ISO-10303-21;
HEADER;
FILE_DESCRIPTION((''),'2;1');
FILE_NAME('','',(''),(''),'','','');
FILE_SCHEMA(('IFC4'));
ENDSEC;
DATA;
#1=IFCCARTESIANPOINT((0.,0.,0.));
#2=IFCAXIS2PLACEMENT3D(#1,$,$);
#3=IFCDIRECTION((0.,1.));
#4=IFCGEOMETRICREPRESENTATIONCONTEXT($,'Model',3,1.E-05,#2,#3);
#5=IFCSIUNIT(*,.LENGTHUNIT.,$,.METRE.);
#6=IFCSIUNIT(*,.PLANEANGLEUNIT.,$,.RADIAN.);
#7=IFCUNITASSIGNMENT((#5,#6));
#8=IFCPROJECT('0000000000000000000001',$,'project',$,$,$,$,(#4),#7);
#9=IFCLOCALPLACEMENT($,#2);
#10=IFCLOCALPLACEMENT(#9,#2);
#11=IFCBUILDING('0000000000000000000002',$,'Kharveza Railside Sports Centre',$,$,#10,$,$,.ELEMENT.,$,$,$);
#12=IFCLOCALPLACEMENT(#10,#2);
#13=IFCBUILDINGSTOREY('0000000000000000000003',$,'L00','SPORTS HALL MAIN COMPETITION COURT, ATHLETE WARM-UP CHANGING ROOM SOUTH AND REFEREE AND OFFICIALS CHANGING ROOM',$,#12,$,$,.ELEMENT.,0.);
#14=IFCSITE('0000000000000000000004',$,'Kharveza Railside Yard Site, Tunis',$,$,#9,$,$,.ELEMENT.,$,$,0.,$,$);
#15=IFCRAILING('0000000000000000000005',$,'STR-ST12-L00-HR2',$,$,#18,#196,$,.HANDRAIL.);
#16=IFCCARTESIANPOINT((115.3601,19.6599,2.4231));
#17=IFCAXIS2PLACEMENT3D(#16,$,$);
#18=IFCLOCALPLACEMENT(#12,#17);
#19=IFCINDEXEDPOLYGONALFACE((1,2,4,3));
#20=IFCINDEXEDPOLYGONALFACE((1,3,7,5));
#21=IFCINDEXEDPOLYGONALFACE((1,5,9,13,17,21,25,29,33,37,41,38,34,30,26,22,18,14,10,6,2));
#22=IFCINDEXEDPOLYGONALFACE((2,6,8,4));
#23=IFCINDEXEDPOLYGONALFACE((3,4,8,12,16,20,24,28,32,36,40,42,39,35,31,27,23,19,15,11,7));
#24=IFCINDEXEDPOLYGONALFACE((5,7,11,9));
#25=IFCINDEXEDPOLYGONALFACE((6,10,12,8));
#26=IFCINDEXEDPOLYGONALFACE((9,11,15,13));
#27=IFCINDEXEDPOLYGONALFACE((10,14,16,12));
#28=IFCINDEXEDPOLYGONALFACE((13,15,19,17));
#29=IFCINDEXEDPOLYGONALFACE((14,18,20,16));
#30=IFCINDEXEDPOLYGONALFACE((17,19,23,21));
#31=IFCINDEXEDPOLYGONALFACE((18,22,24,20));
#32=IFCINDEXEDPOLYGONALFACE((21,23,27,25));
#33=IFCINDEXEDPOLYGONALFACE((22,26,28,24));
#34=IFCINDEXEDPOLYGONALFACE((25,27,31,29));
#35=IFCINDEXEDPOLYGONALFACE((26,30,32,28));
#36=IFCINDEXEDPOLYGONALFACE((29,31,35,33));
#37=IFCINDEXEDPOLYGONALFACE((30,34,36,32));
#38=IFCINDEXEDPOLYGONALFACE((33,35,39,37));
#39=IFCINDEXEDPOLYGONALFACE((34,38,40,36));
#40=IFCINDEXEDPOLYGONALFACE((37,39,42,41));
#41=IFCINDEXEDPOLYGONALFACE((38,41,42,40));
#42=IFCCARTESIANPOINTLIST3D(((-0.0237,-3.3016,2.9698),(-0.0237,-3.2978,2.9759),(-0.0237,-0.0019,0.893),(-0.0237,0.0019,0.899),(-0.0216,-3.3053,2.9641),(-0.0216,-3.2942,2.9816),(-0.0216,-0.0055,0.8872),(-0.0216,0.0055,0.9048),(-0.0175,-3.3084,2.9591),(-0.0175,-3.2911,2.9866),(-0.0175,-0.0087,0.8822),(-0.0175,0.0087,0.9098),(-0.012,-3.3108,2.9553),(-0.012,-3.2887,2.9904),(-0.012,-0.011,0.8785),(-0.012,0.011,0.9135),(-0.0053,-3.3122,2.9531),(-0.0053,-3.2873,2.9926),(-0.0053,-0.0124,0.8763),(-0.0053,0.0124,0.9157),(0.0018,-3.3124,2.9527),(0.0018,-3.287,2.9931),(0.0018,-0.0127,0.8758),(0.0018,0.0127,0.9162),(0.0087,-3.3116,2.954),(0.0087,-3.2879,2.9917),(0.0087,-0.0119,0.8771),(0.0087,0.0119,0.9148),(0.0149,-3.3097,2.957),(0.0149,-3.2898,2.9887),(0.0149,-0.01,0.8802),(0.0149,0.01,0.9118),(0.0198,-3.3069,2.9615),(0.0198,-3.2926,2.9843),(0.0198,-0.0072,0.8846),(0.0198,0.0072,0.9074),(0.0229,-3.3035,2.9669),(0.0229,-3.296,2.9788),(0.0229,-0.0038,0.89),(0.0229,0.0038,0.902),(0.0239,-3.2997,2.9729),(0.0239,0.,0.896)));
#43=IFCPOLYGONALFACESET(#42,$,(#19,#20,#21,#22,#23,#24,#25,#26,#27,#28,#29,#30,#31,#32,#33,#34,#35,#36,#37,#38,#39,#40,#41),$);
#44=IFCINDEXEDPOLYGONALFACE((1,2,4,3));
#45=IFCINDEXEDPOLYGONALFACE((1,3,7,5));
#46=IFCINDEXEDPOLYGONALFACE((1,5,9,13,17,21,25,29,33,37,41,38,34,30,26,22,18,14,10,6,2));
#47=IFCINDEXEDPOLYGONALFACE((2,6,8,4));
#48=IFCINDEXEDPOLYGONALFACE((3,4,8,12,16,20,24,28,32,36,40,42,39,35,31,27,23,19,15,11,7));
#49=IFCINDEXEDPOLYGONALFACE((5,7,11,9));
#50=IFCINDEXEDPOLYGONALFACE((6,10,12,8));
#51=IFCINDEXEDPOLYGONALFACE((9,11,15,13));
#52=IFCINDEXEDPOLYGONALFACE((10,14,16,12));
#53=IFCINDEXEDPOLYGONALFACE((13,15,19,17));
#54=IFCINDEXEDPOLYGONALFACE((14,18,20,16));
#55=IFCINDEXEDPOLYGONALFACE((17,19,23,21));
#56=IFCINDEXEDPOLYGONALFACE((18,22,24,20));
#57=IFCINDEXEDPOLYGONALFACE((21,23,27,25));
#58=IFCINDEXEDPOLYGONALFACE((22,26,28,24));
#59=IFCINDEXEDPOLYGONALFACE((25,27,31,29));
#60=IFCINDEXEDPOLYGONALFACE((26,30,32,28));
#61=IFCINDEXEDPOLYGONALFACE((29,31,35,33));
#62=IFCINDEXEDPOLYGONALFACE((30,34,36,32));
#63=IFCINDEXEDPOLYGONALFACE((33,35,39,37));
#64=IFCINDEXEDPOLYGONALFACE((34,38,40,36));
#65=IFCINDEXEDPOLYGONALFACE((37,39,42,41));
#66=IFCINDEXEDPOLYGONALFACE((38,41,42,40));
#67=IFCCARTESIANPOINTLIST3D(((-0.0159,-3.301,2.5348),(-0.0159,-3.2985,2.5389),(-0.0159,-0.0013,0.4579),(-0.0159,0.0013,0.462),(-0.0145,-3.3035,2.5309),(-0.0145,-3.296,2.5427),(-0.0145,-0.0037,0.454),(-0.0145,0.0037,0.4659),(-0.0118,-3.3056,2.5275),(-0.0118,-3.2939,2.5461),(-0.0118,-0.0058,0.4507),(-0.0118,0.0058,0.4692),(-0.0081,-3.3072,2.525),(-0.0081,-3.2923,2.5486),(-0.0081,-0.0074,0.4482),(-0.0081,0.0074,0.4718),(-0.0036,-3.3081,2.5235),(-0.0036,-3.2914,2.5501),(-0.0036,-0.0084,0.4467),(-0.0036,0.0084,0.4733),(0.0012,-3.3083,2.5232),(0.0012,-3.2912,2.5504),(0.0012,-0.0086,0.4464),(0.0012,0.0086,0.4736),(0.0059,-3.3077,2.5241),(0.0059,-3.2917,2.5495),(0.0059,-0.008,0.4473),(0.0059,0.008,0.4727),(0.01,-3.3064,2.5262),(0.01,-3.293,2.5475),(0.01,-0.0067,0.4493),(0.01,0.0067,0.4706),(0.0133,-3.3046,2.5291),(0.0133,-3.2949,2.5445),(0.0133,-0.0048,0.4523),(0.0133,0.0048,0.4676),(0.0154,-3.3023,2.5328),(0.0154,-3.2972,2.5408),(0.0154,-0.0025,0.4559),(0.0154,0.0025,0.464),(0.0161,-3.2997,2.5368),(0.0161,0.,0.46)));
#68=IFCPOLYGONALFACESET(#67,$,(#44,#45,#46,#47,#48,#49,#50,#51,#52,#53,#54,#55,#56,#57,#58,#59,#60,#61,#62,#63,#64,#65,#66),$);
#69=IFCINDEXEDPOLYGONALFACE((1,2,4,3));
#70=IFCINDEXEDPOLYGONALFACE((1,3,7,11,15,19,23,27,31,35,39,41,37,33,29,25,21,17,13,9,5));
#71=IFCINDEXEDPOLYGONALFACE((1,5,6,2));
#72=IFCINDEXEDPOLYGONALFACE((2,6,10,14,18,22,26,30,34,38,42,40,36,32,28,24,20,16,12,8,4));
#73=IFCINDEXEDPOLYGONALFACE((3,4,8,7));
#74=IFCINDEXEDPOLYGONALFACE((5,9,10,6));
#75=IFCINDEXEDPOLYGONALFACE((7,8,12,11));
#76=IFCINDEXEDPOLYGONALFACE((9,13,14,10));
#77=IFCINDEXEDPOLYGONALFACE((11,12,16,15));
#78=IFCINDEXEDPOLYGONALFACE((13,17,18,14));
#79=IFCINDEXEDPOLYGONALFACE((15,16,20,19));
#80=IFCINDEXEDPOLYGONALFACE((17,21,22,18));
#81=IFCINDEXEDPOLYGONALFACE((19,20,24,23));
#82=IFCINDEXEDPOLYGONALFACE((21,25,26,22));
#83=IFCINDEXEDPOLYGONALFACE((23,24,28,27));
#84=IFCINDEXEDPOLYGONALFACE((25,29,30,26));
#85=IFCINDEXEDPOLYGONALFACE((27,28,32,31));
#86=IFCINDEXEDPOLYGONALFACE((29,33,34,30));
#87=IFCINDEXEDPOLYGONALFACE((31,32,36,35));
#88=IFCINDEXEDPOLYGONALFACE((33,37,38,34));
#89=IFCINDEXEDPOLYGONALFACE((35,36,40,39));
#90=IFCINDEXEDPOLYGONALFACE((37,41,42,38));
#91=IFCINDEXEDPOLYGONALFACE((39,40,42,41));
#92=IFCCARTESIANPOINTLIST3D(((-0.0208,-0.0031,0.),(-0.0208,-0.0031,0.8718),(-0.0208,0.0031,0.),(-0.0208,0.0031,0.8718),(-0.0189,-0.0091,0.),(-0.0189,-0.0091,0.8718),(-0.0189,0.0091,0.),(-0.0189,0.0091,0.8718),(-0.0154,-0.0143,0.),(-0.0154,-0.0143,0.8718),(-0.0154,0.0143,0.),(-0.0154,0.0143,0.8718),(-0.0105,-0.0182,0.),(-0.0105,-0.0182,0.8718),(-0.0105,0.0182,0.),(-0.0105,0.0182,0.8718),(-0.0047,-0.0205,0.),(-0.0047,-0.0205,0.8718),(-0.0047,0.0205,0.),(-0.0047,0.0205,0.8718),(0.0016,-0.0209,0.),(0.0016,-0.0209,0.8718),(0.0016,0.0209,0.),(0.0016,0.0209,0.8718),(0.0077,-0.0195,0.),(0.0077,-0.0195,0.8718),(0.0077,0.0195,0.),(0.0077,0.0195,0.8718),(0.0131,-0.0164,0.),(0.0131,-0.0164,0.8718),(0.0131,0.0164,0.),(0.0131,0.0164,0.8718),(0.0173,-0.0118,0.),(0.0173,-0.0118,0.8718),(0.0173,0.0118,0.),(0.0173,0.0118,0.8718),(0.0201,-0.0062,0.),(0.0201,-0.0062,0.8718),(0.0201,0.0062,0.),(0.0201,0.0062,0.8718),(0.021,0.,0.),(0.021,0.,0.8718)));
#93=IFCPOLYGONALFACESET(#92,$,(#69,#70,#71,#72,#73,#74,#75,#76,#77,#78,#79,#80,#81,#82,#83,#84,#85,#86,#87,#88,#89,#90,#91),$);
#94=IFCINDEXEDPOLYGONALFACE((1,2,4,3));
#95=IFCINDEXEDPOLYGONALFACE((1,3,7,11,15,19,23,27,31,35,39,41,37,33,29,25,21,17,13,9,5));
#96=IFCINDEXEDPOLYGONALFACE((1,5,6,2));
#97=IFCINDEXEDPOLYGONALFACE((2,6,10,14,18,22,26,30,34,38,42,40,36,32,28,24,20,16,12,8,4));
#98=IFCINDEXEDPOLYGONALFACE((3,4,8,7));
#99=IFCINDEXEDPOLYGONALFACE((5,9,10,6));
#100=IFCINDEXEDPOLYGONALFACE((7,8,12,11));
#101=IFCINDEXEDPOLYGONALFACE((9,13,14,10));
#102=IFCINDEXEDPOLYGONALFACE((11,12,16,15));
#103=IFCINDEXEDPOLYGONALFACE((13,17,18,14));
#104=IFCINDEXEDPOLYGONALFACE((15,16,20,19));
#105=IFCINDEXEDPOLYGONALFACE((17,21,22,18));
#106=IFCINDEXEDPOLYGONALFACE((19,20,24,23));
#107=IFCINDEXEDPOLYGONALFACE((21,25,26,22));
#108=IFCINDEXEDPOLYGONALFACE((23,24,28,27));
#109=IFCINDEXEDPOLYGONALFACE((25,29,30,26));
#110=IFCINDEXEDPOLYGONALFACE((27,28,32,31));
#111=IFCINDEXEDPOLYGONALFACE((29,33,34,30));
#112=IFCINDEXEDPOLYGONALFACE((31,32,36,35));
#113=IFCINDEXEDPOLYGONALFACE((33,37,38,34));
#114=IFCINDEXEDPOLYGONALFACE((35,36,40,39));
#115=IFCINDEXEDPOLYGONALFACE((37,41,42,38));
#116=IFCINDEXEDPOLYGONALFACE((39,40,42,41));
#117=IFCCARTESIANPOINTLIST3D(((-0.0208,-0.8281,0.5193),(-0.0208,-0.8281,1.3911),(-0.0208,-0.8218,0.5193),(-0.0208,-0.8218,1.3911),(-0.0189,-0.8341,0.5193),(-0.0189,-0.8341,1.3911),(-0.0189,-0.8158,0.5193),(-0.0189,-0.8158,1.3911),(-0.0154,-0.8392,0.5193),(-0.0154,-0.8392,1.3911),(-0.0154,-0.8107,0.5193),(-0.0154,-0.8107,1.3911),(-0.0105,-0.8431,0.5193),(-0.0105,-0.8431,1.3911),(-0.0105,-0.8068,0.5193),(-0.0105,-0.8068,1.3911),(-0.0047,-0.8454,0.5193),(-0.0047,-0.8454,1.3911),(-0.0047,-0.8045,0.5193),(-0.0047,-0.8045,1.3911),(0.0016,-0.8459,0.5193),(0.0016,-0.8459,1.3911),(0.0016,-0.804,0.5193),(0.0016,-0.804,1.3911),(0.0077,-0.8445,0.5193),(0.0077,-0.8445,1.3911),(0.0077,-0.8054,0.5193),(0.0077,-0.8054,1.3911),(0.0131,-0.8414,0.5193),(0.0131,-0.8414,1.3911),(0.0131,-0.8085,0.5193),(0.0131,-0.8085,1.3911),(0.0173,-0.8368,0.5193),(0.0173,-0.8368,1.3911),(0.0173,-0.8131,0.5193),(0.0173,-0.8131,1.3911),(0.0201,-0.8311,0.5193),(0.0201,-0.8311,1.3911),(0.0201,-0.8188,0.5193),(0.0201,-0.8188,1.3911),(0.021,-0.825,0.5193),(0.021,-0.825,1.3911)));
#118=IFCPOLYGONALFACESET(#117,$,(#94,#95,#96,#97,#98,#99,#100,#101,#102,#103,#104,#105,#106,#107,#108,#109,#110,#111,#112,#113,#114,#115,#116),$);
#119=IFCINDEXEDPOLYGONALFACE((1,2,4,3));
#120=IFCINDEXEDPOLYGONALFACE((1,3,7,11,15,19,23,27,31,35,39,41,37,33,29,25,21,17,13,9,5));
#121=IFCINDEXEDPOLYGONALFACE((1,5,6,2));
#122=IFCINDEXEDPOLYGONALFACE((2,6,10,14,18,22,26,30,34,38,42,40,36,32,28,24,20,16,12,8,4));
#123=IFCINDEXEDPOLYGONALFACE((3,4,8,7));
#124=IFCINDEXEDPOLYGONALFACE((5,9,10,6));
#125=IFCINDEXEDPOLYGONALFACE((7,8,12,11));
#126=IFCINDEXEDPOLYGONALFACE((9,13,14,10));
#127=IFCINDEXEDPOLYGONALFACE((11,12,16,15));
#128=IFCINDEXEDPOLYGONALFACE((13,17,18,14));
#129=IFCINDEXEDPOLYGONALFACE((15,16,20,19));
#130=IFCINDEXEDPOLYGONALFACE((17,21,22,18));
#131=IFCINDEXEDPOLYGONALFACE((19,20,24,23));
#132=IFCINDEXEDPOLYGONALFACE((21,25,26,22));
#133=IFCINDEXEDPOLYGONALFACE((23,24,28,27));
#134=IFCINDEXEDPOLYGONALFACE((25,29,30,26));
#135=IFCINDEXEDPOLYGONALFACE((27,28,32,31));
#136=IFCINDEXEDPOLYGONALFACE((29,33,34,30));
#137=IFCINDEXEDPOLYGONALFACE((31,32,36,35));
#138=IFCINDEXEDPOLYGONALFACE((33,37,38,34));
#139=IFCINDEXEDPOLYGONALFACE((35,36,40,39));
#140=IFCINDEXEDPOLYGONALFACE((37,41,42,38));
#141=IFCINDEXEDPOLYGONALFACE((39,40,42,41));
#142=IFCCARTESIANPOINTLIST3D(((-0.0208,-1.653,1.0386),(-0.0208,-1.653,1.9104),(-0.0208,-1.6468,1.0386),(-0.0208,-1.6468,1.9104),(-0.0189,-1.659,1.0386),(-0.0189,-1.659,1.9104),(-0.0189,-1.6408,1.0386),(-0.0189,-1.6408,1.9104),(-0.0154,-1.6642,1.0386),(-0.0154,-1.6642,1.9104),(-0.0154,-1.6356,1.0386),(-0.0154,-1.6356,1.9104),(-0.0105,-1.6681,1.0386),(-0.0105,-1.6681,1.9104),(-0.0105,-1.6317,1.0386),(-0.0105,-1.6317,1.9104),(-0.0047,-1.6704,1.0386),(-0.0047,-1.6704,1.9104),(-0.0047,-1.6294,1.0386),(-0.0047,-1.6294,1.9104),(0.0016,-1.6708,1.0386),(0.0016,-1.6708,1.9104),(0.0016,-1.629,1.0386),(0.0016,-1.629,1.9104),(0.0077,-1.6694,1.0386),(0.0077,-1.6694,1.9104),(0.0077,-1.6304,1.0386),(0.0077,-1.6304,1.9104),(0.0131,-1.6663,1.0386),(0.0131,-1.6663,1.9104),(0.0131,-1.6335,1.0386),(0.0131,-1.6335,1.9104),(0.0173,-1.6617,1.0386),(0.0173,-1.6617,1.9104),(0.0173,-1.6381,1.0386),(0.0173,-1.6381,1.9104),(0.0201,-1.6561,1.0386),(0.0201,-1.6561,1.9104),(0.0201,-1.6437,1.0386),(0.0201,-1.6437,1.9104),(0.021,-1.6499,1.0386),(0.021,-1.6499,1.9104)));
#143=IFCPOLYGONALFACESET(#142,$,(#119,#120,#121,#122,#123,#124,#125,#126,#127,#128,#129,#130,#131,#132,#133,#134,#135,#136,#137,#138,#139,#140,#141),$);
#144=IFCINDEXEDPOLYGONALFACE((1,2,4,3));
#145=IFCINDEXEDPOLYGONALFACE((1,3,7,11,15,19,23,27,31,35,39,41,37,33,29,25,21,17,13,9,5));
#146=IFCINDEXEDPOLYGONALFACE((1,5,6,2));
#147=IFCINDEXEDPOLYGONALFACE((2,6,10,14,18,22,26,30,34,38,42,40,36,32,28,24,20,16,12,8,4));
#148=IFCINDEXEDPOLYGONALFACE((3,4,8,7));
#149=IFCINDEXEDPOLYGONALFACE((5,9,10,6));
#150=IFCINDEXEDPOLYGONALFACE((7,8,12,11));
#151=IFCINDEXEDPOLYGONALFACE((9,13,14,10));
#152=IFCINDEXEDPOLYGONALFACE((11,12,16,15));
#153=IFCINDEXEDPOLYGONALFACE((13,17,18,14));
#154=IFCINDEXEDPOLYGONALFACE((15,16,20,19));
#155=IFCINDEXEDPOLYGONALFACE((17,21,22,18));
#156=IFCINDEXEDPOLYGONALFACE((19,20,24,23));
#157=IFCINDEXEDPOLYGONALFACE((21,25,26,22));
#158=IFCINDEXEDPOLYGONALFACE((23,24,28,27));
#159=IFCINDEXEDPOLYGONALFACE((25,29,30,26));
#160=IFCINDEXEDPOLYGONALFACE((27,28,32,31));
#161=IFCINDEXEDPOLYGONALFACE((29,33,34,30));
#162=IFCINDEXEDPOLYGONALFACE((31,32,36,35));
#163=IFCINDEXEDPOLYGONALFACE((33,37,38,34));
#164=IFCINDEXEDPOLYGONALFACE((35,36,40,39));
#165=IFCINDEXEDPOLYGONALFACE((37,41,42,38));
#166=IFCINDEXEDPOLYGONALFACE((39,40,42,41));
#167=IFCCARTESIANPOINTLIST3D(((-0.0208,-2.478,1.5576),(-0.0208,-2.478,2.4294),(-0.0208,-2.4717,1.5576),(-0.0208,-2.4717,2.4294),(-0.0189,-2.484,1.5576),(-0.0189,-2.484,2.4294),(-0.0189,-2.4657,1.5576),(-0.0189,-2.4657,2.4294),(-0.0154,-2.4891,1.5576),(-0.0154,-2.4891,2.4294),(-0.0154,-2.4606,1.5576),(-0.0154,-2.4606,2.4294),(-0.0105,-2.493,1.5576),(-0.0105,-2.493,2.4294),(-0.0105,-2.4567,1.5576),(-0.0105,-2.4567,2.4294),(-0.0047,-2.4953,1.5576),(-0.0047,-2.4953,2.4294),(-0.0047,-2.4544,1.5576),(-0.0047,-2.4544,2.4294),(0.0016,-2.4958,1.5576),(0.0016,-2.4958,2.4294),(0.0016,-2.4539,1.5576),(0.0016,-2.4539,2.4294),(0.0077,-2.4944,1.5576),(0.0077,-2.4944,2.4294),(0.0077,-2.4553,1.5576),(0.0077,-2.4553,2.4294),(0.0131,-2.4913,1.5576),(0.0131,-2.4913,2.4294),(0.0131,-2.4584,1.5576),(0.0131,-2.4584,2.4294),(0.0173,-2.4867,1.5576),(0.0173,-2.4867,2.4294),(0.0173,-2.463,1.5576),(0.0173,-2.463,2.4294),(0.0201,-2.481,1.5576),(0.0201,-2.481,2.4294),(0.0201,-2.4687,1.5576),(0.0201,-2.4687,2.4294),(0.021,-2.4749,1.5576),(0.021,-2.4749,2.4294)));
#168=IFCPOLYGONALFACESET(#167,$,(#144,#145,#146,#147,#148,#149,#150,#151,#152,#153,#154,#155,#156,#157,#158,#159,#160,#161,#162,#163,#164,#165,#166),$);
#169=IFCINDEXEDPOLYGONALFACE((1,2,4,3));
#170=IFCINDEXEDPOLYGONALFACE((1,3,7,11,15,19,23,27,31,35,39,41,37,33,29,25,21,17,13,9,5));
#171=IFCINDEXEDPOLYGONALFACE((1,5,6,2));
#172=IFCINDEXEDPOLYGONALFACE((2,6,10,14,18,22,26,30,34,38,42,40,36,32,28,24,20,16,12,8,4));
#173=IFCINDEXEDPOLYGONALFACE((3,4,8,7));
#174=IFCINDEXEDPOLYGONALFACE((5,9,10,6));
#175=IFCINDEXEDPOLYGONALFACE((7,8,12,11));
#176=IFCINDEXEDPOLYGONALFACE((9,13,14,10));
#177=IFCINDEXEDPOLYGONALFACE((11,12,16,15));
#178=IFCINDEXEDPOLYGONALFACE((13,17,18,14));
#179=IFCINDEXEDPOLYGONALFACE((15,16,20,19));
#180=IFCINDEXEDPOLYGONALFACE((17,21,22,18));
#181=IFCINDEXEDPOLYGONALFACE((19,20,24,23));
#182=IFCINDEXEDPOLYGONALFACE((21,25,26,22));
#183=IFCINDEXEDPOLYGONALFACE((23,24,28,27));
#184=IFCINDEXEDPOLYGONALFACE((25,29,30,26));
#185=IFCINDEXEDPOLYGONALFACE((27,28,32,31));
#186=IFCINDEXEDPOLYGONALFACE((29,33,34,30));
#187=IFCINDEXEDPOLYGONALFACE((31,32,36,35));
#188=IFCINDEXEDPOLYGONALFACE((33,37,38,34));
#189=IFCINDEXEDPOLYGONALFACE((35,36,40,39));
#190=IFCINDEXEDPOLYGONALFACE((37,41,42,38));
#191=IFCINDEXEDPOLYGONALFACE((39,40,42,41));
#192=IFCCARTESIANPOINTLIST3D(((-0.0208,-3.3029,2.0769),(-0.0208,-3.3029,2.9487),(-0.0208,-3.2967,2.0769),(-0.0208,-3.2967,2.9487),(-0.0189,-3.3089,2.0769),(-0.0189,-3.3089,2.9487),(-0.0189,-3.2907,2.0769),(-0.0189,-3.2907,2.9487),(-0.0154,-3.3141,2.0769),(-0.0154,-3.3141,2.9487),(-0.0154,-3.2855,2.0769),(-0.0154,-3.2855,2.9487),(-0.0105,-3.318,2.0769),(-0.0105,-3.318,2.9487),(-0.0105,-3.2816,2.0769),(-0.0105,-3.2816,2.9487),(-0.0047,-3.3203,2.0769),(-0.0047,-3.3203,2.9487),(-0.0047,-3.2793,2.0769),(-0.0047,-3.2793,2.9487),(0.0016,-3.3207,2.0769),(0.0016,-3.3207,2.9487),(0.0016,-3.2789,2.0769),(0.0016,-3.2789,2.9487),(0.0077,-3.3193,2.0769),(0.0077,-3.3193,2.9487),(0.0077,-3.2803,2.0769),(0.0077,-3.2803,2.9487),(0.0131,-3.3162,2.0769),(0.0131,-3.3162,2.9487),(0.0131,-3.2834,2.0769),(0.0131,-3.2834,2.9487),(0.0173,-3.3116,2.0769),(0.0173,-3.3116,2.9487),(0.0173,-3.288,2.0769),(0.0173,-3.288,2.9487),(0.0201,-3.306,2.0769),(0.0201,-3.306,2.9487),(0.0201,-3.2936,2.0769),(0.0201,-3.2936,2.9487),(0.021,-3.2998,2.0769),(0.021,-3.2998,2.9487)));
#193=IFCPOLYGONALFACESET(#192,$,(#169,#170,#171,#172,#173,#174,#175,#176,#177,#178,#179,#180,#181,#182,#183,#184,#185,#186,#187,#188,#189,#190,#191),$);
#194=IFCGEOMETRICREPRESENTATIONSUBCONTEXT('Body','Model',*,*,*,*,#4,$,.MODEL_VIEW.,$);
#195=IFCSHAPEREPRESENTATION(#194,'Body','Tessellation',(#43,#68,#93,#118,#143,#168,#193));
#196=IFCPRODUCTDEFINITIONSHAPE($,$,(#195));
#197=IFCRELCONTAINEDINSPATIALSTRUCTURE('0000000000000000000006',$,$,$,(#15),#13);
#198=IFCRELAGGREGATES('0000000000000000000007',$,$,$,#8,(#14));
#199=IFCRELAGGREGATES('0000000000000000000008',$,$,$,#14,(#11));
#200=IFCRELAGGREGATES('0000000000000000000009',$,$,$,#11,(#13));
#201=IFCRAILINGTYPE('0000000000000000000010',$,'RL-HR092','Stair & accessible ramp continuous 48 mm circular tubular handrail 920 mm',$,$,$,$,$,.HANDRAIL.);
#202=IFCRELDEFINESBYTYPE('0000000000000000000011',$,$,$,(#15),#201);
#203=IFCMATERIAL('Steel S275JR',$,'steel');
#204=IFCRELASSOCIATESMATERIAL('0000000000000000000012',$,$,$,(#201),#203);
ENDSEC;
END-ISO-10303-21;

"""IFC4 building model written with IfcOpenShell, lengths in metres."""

from ifc_helpers import new_model, si_unit, direction, frame, origin, origin_2d, place, context, subcontext, project, spatial, circle, extrude, material, type_object, element, save


model = new_model("IFC4")

# Units and contexts
model_context = context("Model", 3, precision=1e-05, world=origin(), true_north=direction((0.0, 1.0)))
body_context = subcontext(model_context, "Body", "Model", "MODEL_VIEW")
ifc_project = project(units=[si_unit("LENGTHUNIT", "METRE"), si_unit("PLANEANGLEUNIT", "RADIAN")], contexts=[model_context])

# Site, building, storey
site_placement = place(None, origin())
site = spatial("IfcSite", under=ifc_project, at=site_placement, Name="Kharveza Railside Yard Site, Tunis", CompositionType="ELEMENT", RefElevation=0.0)
building_placement = place(site_placement, origin())
building = spatial("IfcBuilding", under=site, at=building_placement, Name="Kharveza Railside Sports Centre", CompositionType="ELEMENT")
storey_placement = place(building_placement, origin())
storey = spatial("IfcBuildingStorey", under=building, at=storey_placement, Name="L00", Description="SPORTS HALL MAIN COMPETITION COURT, ATHLETE WARM-UP CHANGING ROOM SOUTH AND REFEREE AND OFFICIALS CHANGING ROOM", CompositionType="ELEMENT", Elevation=0.0)

# Railing
ifc_material_1 = material(Name="Steel S275JR", Category="steel")
railing_type_1 = type_object("IfcRailingType", Name="RL-HR092", Description="Stair & accessible ramp continuous 48 mm circular tubular handrail 920 mm", PredefinedType="HANDRAIL", material=ifc_material_1)
railing_1_placement = place(storey_placement, frame((115.3601, 19.6599, 2.4231)))
element("IfcRailing", 1, at=railing_1_placement, inside=storey, type_object=railing_type_1, Name="STR-ST12-L00-HR2", PredefinedType="HANDRAIL", context=body_context, shape_type="SweptSolid", body=[
    extrude(circle(Radius=0.0239, at=origin_2d()), frame((0.0, 0.0, 0.896), z_axis=(0.0, -0.84632, 0.532675), x_axis=(1.0, 0.0, 0.0)), (0.0, 0.0, 1.0), 3.8989),
    extrude(circle(Radius=0.0161, at=origin_2d()), frame((0.0, 0.0, 0.46), z_axis=(0.0, -0.84632, 0.532675), x_axis=(1.0, 0.0, 0.0)), (0.0, 0.0, 1.0), 3.8989),
    extrude(circle(Radius=0.021, at=origin_2d()), origin(), (0.0, 0.0, 1.0), 0.8718),
    extrude(circle(Radius=0.021, at=origin_2d()), frame((0.0, -0.825, 0.5193)), (0.0, 0.0, 1.0), 0.8718),
    extrude(circle(Radius=0.021, at=origin_2d()), frame((0.0, -1.6499, 1.0386)), (0.0, 0.0, 1.0), 0.8718),
    extrude(circle(Radius=0.021, at=origin_2d()), frame((0.0, -2.4749, 1.5576)), (0.0, 0.0, 1.0), 0.8718),
    extrude(circle(Radius=0.021, at=origin_2d()), frame((0.0, -3.2998, 2.0769)), (0.0, 0.0, 1.0), 0.8718),
])

save(model, "model.ifc")
